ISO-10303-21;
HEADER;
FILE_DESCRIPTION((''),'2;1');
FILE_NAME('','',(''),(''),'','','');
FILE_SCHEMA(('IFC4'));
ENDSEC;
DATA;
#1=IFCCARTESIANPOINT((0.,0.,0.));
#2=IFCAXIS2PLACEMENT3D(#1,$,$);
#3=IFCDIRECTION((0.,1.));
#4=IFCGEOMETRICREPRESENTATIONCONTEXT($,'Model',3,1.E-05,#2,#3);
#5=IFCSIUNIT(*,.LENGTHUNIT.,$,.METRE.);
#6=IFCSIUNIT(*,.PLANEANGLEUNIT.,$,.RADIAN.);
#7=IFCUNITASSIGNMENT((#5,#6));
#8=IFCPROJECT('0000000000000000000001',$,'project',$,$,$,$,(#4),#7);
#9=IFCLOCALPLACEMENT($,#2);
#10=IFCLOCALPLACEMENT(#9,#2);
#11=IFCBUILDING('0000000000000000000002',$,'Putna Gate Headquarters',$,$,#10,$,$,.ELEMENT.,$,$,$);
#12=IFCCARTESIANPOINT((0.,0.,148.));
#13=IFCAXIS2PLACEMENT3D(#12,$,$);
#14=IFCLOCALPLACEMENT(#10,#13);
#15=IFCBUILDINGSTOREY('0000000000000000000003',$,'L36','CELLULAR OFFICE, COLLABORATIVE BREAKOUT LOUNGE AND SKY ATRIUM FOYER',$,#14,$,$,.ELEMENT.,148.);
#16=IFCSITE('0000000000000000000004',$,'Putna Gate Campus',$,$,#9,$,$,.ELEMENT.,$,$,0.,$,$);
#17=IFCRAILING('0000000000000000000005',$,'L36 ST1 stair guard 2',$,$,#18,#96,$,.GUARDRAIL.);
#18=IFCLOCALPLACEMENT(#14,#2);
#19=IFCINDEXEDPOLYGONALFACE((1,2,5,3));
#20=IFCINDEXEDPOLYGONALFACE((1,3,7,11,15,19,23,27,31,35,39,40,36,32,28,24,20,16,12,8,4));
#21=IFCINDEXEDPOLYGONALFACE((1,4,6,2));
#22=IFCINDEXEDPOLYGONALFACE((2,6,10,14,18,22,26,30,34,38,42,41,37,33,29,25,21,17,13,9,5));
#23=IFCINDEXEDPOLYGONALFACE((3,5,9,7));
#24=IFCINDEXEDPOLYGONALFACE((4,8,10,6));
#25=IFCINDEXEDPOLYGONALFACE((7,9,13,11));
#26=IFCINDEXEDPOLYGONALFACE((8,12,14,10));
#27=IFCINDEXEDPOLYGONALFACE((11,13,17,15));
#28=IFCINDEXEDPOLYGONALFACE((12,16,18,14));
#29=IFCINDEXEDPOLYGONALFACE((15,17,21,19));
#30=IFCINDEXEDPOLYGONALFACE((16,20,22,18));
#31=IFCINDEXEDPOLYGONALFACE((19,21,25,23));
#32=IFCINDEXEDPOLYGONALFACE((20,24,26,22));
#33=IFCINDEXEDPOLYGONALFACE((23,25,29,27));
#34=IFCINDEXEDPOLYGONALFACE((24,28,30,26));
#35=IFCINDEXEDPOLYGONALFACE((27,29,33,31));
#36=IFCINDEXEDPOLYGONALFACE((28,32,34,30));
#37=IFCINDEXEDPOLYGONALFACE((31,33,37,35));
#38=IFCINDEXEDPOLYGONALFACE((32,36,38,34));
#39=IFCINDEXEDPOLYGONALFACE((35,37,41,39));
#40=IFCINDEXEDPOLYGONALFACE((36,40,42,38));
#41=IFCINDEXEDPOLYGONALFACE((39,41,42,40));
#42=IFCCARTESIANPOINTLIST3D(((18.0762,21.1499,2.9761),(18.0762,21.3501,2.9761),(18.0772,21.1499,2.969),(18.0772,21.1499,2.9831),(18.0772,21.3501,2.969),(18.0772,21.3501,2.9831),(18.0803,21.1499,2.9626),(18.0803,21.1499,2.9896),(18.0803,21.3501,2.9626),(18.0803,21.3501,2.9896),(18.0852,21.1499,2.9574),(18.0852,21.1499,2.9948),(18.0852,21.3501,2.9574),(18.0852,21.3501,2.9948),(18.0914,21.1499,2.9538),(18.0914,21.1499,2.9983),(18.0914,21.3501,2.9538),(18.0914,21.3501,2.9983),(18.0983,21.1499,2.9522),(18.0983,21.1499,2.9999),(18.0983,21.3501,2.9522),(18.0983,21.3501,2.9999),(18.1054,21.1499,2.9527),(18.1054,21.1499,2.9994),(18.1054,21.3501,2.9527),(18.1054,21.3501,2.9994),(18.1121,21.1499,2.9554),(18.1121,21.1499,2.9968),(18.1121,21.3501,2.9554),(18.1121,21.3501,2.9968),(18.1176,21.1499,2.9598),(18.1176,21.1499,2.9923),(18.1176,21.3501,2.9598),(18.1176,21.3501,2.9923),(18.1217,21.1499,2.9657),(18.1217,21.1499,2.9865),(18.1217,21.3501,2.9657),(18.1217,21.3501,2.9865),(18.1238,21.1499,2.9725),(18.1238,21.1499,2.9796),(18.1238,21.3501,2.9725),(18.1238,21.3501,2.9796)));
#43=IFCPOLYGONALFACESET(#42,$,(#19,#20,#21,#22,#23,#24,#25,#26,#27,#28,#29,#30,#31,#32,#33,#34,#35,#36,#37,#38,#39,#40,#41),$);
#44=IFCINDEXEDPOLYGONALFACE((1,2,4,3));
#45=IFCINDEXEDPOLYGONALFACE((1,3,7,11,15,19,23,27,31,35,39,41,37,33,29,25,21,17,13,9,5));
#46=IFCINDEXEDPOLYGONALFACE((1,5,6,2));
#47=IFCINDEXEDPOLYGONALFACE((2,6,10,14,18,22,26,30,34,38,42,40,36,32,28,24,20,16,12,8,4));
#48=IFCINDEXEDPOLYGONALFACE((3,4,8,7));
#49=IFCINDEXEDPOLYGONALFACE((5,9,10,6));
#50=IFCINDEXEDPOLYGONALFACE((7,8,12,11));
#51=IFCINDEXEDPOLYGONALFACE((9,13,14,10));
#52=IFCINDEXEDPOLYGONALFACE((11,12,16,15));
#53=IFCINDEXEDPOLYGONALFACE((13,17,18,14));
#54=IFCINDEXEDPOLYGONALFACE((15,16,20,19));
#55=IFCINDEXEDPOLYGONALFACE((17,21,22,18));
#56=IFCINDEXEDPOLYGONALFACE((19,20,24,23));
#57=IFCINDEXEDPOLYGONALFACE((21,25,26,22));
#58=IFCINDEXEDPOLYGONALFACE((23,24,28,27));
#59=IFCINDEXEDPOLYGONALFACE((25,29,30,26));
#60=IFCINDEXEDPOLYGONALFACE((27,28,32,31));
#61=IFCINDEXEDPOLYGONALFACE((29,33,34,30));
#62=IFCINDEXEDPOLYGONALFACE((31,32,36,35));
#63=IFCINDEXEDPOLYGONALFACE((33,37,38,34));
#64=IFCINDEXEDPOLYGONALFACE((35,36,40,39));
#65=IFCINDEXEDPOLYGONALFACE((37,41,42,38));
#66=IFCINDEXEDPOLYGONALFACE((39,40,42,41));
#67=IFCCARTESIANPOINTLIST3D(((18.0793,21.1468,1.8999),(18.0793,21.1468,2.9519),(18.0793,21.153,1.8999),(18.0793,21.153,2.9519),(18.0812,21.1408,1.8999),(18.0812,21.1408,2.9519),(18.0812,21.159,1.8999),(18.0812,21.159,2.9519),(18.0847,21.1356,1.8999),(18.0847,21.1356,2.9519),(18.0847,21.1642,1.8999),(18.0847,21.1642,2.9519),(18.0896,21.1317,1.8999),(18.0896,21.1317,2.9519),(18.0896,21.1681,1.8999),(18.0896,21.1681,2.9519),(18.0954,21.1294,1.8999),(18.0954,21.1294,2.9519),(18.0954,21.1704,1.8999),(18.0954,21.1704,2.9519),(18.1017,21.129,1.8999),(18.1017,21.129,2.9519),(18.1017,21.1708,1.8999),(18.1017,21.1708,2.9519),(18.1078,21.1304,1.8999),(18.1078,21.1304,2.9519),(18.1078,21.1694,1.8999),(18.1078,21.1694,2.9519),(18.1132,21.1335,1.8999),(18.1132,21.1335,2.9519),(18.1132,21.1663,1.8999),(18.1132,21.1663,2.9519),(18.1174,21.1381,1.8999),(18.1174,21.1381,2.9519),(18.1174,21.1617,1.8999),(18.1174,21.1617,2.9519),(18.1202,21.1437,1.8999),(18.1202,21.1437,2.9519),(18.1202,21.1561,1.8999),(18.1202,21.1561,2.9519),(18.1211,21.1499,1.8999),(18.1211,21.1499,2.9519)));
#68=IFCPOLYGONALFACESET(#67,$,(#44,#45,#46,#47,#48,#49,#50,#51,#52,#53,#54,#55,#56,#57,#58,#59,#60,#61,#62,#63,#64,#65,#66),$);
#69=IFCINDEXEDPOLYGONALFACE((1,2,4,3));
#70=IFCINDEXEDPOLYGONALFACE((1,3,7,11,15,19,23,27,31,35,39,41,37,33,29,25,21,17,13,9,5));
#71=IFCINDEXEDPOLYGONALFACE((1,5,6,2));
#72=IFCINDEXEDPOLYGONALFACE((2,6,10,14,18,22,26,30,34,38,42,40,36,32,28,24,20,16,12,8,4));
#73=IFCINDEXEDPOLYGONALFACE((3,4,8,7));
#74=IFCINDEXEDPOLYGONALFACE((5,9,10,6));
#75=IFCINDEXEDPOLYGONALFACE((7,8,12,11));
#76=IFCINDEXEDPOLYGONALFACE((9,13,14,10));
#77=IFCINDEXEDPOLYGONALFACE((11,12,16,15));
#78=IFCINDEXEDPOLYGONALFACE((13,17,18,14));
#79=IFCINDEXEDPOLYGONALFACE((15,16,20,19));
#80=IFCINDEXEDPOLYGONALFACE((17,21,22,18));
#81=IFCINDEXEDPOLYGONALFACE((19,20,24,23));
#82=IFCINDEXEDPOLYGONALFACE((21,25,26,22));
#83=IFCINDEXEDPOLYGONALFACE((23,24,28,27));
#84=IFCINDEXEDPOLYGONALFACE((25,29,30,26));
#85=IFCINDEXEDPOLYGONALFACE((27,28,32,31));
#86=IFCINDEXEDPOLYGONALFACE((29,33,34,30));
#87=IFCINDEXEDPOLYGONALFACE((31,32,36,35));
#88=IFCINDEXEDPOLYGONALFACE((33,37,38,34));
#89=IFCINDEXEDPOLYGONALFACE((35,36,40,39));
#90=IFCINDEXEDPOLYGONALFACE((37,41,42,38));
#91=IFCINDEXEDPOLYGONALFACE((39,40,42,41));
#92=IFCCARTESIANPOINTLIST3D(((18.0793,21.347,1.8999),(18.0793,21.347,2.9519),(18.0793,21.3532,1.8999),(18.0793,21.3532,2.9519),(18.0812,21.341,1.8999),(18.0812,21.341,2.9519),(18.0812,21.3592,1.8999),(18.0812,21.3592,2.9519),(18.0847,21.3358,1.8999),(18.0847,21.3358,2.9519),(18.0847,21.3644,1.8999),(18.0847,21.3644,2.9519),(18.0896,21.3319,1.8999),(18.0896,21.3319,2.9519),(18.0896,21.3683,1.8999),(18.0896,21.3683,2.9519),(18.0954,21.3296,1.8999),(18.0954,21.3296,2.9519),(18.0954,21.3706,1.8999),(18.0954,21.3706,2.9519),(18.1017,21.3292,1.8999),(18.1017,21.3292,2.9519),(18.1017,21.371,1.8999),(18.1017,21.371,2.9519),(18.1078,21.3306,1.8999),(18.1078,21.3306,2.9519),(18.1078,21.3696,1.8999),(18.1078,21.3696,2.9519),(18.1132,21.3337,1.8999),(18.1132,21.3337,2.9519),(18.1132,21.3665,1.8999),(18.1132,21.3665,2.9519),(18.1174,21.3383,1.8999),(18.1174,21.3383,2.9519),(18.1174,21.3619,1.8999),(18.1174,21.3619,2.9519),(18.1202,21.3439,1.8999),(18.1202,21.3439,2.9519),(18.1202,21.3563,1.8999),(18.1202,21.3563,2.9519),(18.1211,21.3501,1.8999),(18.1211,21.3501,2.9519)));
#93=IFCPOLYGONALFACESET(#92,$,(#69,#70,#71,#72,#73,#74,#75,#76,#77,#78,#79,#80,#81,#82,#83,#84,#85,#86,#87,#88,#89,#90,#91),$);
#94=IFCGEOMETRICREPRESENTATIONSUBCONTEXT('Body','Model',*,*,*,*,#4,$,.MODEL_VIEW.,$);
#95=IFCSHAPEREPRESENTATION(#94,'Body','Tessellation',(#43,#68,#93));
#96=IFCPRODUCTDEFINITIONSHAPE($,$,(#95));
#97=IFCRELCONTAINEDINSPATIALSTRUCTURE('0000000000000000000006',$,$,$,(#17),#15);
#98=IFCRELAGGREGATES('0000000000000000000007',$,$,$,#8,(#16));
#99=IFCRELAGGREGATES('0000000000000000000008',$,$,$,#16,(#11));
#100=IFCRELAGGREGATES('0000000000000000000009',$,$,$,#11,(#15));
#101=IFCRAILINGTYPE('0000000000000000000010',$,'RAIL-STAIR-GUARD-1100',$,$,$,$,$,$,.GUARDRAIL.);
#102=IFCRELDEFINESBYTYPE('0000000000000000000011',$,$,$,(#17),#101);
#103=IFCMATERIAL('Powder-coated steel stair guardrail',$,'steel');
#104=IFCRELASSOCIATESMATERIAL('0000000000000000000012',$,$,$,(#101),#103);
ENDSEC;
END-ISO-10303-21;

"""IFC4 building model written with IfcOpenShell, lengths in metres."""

from ifc_helpers import new_model, si_unit, direction, frame, origin, origin_2d, place, context, subcontext, project, spatial, circle, extrude, material, type_object, element, save


model = new_model("IFC4")

# Units and contexts
model_context = context("Model", 3, precision=1e-05, world=origin(), true_north=direction((0.0, 1.0)))
body_context = subcontext(model_context, "Body", "Model", "MODEL_VIEW")
ifc_project = project(units=[si_unit("LENGTHUNIT", "METRE"), si_unit("PLANEANGLEUNIT", "RADIAN")], contexts=[model_context])

# Site, building, storey
site_placement = place(None, origin())
site = spatial("IfcSite", under=ifc_project, at=site_placement, Name="Putna Gate Campus", CompositionType="ELEMENT", RefElevation=0.0)
building_placement = place(site_placement, origin())
building = spatial("IfcBuilding", under=site, at=building_placement, Name="Putna Gate Headquarters", CompositionType="ELEMENT")
storey_placement = place(building_placement, frame((0.0, 0.0, 148.0)))
storey = spatial("IfcBuildingStorey", under=building, at=storey_placement, Name="L36", Description="CELLULAR OFFICE, COLLABORATIVE BREAKOUT LOUNGE AND SKY ATRIUM FOYER", CompositionType="ELEMENT", Elevation=148.0)

# Railing
ifc_material_1 = material(Name="Powder-coated steel stair guardrail", Category="steel")
railing_type_1 = type_object("IfcRailingType", Name="RAIL-STAIR-GUARD-1100", PredefinedType="GUARDRAIL", material=ifc_material_1)
railing_1_placement = place(storey_placement, frame((18.1001, 21.1499, 1.8999)))
element("IfcRailing", 1, at=railing_1_placement, inside=storey, type_object=railing_type_1, Name="L36 ST1 stair guard 2", PredefinedType="GUARDRAIL", context=body_context, shape_type="SweptSolid", body=[
    extrude(circle(Radius=0.0239, at=origin_2d()), frame((0.0, 0.0, 1.0762), z_axis=(0.0, 1.0, 0.0), x_axis=(-1.0, 0.0, 0.0)), (0.0, 0.0, 1.0), 0.2002),
    extrude(circle(Radius=0.021, at=origin_2d()), origin(), (0.0, 0.0, 1.0), 1.052),
    extrude(circle(Radius=0.021, at=origin_2d()), frame((0.0, 0.2002, 0.0)), (0.0, 0.0, 1.0), 1.052),
])

save(model, "model.ifc")
